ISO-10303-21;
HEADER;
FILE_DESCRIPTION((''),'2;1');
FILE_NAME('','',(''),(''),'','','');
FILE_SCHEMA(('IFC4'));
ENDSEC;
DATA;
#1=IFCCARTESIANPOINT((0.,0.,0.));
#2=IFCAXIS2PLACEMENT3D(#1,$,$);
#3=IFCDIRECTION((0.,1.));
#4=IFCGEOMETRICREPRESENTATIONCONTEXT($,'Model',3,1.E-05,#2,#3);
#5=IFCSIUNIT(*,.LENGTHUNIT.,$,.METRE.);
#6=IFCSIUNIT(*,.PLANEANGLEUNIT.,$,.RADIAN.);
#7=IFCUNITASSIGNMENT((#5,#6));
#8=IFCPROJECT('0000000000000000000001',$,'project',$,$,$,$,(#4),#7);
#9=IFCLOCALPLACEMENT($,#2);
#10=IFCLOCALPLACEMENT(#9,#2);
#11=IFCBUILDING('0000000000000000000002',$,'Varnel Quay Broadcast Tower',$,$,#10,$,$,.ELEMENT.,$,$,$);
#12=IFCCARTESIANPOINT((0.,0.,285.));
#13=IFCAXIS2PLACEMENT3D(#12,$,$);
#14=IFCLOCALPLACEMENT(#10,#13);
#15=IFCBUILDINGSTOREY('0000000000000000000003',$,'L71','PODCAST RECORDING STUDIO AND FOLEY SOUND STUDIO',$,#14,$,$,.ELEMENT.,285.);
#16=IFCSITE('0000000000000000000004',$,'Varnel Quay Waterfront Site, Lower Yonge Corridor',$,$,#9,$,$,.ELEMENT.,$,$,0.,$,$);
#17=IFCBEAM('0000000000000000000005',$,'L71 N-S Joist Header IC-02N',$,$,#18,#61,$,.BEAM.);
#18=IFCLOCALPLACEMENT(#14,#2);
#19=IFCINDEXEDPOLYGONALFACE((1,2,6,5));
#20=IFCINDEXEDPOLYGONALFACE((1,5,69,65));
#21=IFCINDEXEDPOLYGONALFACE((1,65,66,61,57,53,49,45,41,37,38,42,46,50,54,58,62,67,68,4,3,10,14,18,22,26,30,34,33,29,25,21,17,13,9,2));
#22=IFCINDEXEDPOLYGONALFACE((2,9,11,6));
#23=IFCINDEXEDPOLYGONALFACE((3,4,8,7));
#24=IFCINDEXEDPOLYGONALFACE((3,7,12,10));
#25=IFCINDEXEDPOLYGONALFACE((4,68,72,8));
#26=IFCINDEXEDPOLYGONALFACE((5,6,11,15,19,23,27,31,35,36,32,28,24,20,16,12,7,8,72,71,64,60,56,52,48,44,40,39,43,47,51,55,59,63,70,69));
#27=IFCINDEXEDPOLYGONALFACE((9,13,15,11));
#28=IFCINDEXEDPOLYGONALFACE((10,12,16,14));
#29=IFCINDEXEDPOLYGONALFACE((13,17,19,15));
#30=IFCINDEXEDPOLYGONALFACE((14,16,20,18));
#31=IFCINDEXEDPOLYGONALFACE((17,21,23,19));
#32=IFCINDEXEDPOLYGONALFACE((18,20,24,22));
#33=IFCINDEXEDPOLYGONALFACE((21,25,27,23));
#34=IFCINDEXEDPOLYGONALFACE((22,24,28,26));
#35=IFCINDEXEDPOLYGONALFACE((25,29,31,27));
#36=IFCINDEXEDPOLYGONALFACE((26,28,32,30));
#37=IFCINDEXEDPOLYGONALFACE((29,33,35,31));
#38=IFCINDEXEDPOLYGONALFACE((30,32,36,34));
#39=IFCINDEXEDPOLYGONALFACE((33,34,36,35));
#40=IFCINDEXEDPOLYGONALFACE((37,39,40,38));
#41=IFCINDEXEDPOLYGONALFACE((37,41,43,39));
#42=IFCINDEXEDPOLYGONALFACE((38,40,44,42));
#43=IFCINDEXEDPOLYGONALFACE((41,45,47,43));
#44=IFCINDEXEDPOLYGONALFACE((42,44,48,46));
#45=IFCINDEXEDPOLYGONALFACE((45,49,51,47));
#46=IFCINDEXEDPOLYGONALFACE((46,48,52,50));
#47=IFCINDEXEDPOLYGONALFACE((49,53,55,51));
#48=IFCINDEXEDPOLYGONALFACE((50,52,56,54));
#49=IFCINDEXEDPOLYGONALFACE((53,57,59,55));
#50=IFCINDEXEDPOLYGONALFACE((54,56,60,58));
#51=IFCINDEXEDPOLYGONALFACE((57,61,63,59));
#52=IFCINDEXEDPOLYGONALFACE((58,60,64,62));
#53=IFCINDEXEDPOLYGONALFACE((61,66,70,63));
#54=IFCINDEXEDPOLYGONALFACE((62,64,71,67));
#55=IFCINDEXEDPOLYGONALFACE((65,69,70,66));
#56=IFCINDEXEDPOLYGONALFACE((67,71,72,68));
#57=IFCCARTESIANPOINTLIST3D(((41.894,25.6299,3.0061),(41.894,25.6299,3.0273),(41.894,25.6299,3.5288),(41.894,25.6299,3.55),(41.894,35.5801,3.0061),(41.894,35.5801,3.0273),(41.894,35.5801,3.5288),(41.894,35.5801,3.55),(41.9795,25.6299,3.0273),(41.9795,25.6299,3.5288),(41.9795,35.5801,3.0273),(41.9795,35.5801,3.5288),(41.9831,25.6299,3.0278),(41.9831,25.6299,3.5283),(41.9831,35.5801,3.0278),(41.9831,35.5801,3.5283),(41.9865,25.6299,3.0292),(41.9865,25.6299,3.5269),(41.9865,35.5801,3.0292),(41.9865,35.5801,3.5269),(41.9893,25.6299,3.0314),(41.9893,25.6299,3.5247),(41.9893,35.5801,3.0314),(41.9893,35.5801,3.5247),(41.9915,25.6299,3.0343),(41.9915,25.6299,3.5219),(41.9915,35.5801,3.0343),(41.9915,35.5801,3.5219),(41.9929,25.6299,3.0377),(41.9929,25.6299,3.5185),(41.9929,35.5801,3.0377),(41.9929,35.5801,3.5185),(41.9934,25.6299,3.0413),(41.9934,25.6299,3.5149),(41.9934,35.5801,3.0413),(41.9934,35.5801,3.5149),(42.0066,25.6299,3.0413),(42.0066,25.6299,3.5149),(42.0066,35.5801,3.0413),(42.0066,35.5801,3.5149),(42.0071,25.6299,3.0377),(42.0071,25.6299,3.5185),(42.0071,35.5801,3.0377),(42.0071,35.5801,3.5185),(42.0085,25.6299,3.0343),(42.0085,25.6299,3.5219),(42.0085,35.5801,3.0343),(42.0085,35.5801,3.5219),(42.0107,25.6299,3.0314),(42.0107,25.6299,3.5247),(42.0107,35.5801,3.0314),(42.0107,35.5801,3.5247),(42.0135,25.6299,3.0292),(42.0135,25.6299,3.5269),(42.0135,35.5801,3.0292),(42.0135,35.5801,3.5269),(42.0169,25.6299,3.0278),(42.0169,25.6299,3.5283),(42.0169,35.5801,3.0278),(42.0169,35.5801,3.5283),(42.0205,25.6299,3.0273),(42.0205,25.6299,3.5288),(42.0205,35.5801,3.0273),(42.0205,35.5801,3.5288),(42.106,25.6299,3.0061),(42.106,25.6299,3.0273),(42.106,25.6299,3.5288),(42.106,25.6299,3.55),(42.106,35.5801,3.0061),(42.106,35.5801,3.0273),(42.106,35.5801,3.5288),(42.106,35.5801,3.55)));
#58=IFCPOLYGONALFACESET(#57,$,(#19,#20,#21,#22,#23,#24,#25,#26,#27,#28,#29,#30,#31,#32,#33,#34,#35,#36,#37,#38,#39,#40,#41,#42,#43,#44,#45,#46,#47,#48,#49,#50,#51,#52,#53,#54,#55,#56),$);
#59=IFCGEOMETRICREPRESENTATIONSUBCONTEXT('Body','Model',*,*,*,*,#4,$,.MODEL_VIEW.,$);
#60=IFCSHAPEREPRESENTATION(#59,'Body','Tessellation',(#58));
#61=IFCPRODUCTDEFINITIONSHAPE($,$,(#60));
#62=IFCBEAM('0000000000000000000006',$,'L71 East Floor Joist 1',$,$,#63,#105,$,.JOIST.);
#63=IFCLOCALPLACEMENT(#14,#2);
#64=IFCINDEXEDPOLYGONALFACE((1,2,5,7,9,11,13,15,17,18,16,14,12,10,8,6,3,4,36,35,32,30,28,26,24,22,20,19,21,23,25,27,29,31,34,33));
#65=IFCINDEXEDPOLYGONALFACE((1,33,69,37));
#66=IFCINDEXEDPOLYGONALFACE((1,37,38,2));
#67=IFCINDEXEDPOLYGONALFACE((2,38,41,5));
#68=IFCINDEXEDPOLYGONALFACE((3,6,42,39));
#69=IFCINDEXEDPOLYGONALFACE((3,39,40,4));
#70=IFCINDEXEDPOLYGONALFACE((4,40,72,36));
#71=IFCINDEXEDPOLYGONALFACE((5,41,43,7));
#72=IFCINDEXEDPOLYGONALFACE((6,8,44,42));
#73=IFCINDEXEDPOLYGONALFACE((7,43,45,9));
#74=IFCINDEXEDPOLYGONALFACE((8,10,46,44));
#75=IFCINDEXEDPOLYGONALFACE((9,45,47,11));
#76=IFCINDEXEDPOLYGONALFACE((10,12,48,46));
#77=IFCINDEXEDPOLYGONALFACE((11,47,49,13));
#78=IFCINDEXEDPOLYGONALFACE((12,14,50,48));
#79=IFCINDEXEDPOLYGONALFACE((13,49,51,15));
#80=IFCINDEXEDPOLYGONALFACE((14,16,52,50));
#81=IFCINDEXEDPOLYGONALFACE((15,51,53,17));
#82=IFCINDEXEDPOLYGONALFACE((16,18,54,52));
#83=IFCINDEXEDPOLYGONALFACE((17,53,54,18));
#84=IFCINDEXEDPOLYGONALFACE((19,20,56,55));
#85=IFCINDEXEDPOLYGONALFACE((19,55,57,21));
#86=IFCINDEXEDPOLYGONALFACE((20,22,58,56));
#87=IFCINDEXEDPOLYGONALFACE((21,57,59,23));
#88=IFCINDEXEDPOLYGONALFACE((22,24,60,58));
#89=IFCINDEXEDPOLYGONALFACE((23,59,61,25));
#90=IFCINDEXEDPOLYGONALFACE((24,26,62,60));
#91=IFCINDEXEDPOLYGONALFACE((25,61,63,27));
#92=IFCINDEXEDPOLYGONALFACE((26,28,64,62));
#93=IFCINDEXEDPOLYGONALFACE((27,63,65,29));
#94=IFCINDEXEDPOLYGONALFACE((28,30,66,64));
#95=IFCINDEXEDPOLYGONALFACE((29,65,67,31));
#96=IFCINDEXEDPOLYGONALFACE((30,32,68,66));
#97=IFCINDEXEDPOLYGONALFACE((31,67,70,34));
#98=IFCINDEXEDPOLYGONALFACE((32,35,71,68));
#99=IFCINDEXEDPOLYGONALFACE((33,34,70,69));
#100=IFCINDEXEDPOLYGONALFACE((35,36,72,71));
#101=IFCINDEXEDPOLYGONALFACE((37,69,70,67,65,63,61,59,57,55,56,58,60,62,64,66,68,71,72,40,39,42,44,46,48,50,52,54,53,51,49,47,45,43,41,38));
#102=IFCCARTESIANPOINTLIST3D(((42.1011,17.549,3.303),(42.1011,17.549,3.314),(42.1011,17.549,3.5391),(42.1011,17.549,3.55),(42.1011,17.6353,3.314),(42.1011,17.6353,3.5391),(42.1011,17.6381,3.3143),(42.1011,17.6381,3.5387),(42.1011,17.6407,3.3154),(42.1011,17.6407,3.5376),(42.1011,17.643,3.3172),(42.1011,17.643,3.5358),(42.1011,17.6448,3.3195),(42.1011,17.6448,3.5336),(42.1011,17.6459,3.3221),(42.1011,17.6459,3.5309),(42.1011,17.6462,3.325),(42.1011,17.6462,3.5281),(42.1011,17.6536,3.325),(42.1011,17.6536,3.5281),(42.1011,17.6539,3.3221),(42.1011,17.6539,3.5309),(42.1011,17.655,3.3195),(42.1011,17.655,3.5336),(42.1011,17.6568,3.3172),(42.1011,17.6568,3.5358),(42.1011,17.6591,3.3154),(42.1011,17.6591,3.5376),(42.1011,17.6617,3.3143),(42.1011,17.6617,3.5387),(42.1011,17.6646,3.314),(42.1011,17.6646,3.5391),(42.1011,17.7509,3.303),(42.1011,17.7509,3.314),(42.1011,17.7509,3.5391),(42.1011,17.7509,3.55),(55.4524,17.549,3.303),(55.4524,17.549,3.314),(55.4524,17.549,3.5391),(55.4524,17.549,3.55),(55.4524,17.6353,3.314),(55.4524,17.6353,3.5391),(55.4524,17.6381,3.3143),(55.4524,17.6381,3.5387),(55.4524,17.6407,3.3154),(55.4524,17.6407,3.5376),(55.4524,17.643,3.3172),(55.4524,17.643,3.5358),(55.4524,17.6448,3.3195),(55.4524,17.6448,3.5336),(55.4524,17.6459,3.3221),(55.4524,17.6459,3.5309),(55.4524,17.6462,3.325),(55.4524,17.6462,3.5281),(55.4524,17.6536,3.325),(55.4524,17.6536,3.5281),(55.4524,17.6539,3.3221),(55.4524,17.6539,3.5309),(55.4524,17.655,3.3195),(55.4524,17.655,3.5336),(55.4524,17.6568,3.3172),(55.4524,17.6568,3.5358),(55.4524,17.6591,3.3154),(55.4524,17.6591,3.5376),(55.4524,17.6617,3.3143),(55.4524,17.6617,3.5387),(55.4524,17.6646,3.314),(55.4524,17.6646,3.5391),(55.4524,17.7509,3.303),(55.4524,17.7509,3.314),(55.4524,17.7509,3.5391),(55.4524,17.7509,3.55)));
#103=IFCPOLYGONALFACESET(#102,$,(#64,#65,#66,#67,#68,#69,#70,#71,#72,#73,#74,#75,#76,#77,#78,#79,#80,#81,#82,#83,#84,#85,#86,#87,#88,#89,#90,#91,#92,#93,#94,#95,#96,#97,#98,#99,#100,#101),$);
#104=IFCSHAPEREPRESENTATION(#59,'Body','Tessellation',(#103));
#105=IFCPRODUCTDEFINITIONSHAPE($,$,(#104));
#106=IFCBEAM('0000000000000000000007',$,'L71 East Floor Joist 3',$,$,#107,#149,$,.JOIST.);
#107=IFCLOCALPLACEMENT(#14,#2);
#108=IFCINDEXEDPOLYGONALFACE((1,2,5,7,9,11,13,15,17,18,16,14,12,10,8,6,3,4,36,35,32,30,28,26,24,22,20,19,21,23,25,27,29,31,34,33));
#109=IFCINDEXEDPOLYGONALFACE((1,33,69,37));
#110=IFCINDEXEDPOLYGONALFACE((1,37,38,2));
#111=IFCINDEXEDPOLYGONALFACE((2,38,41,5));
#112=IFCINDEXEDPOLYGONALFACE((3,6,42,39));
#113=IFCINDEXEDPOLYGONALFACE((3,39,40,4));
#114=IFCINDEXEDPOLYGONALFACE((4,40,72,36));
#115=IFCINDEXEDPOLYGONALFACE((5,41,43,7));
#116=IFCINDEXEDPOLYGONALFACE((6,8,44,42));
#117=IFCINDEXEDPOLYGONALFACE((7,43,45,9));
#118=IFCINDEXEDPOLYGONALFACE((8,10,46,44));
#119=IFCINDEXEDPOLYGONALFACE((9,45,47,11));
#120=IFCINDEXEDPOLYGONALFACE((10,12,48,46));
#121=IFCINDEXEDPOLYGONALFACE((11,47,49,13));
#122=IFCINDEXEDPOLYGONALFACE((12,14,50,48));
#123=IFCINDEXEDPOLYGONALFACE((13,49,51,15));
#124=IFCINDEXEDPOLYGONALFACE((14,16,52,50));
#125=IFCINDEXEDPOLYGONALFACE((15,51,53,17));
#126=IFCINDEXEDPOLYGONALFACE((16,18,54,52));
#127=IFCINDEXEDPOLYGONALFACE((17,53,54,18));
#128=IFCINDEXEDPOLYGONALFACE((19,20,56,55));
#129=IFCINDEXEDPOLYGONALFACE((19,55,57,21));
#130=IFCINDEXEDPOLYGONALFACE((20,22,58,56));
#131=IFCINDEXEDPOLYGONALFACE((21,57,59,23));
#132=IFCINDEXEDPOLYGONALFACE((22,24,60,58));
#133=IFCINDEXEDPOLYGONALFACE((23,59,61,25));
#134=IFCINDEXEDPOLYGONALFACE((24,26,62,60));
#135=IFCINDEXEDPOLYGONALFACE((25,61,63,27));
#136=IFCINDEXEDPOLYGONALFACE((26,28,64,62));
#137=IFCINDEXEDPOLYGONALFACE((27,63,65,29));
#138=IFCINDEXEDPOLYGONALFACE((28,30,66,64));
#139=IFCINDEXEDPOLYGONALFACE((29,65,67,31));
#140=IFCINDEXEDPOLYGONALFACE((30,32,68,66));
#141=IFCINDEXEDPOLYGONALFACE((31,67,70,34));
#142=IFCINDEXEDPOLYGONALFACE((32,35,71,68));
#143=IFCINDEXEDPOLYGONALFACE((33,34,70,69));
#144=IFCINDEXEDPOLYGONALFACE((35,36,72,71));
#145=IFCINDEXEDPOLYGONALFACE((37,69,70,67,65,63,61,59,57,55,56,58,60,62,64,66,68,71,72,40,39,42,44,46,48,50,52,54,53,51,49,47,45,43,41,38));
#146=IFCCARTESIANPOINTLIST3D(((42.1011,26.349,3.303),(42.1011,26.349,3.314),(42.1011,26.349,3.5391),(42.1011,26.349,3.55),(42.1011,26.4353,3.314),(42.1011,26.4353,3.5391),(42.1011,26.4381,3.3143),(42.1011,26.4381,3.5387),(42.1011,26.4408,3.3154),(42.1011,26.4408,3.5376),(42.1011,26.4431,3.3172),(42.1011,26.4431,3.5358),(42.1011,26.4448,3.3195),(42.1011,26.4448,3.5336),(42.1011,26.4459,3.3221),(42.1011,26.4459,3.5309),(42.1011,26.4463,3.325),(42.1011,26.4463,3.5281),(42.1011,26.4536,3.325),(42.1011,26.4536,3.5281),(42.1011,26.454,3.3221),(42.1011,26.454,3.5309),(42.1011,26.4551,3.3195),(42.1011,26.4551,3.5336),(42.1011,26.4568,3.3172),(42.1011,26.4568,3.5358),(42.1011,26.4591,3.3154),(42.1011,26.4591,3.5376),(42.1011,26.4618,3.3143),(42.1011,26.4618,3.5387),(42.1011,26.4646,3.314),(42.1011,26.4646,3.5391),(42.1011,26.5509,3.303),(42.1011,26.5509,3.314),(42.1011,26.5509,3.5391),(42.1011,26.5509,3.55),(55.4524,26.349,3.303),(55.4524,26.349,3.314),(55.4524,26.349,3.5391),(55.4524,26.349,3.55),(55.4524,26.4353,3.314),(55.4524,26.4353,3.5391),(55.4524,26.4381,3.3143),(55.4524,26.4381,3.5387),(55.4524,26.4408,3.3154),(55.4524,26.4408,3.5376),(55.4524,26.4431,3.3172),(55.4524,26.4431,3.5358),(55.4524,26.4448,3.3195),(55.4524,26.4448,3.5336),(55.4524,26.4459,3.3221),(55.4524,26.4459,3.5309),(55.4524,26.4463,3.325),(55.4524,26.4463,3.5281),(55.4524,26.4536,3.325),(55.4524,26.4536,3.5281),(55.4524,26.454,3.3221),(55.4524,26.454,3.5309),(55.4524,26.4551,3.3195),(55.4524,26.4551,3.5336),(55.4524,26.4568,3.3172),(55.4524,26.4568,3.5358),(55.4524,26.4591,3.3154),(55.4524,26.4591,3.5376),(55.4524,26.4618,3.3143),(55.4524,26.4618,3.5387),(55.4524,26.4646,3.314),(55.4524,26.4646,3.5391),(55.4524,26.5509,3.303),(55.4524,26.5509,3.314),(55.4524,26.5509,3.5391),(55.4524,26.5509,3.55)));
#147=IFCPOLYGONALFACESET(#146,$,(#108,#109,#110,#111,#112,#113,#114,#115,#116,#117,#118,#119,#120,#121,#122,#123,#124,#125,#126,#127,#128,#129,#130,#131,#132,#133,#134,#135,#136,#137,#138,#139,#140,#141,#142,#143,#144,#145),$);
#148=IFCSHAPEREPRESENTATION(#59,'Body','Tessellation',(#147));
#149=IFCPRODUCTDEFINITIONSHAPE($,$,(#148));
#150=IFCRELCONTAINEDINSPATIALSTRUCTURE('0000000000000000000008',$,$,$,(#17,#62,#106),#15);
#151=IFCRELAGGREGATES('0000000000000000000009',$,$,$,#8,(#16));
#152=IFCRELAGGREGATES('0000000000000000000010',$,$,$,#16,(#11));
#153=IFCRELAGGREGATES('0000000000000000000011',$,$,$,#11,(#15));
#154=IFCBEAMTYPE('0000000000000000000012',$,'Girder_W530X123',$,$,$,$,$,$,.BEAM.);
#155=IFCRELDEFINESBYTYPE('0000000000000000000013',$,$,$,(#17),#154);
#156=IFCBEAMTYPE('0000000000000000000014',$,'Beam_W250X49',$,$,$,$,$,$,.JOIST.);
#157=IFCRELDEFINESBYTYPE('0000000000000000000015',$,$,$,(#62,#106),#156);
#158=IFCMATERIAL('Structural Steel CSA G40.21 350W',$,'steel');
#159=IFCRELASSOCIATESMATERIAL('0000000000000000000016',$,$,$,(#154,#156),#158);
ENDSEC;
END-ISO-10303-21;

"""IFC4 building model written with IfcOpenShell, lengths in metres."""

from ifc_helpers import new_model, si_unit, direction, frame, origin, origin_2d, place, context, subcontext, project, spatial, i_section, extrude, source, transform, mapped, material, material_profile, profile_set, type_object, type_shapes, element, save


model = new_model("IFC4")

# Units and contexts
model_context = context("Model", 3, precision=1e-05, world=origin(), true_north=direction((0.0, 1.0)))
body_context = subcontext(model_context, "Body", "Model", "MODEL_VIEW")
ifc_project = project(units=[si_unit("LENGTHUNIT", "METRE"), si_unit("PLANEANGLEUNIT", "RADIAN")], contexts=[model_context])

# Site, building, storey
site_placement = place(None, origin())
site = spatial("IfcSite", under=ifc_project, at=site_placement, Name="Varnel Quay Waterfront Site, Lower Yonge Corridor", CompositionType="ELEMENT", RefElevation=0.0)
building_placement = place(site_placement, origin())
building = spatial("IfcBuilding", under=site, at=building_placement, Name="Varnel Quay Broadcast Tower", CompositionType="ELEMENT")
storey_placement = place(building_placement, frame((0.0, 0.0, 285.0)))
storey = spatial("IfcBuildingStorey", under=building, at=storey_placement, Name="L71", Description="PODCAST RECORDING STUDIO AND FOLEY SOUND STUDIO", CompositionType="ELEMENT", Elevation=285.0)

# Shared definitions
ifc_material_1 = material(Name="Structural Steel CSA G40.21 350W", Category="steel")

# Beams
ifc_material_profile_1 = material_profile(ifc_material_1, i_section(OverallWidth=0.2119, OverallDepth=0.5439, WebThickness=0.0132, FlangeThickness=0.0212, FilletRadius=0.0139, at=origin_2d()), Name="W530X123")
ifc_profile_set_1 = profile_set([ifc_material_profile_1], Name="Structural Steel CSA G40.21 350W")
beam_type_1 = type_object("IfcBeamType", Name="Girder_W530X123", PredefinedType="BEAM", material=ifc_profile_set_1)
shared_shape_1 = source(origin(), body_context, "Body", "SweptSolid", [
    extrude(i_section(OverallWidth=0.2119, OverallDepth=0.5439, WebThickness=0.0132, FlangeThickness=0.0212, FilletRadius=0.0139, at=origin_2d()), origin(), (0.0, 0.0, 1.0), 9.9502),
])
beam_1_placement = place(storey_placement, frame((42.0, 25.6299, 3.2781), z_axis=(0.0, 1.0, 0.0), x_axis=(-1.0, 0.0, 0.0)))
element("IfcBeam", 1, at=beam_1_placement, inside=storey, type_object=beam_type_1, Name="L71 N-S Joist Header IC-02N", PredefinedType="BEAM", context=body_context, shape_type="MappedRepresentation", body=[
    mapped(shared_shape_1, transform((0.0, 0.0, 0.0), x_axis=(1.0, 0.0, 0.0), y_axis=(0.0, 1.0, 0.0), z_axis=(0.0, 0.0, 1.0), scale=1.0)),
])
ifc_material_profile_2 = material_profile(ifc_material_1, i_section(OverallWidth=0.2019, OverallDepth=0.2471, WebThickness=0.0073, FlangeThickness=0.011, FilletRadius=0.011, at=origin_2d()), Name="W250X49")
ifc_profile_set_2 = profile_set([ifc_material_profile_2], Name="Structural Steel CSA G40.21 350W")
beam_type_2 = type_object("IfcBeamType", Name="Beam_W250X49", PredefinedType="JOIST", material=ifc_profile_set_2)
shared_shape_2 = source(origin(), body_context, "Body", "SweptSolid", [
    extrude(i_section(OverallWidth=0.2019, OverallDepth=0.2471, WebThickness=0.0073, FlangeThickness=0.011, FilletRadius=0.011, at=origin_2d()), origin(), (0.0, 0.0, 1.0), 13.3513),
])
type_shapes(beam_type_2, [shared_shape_2])
for number, where, z_axis, x_axis, name in (
    (2, (42.1011, 17.6499, 3.4265), (1.0, 0.0, 0.0), (0.0, 1.0, 0.0), "L71 East Floor Joist 1"),
    (3, (42.1011, 26.45, 3.4265), (1.0, 0.0, 0.0), (0.0, 1.0, 0.0), "L71 East Floor Joist 3"),
):
    element("IfcBeam", number, at=place(storey_placement, frame(where, z_axis=z_axis, x_axis=x_axis)), inside=storey, type_object=beam_type_2, Name=name, PredefinedType="JOIST", context=body_context, shape_type="MappedRepresentation", body=[
        mapped(shared_shape_2, transform((0.0, 0.0, 0.0), x_axis=(1.0, 0.0, 0.0), y_axis=(0.0, 1.0, 0.0), z_axis=(0.0, 0.0, 1.0), scale=1.0)),
    ])

save(model, "model.ifc")
